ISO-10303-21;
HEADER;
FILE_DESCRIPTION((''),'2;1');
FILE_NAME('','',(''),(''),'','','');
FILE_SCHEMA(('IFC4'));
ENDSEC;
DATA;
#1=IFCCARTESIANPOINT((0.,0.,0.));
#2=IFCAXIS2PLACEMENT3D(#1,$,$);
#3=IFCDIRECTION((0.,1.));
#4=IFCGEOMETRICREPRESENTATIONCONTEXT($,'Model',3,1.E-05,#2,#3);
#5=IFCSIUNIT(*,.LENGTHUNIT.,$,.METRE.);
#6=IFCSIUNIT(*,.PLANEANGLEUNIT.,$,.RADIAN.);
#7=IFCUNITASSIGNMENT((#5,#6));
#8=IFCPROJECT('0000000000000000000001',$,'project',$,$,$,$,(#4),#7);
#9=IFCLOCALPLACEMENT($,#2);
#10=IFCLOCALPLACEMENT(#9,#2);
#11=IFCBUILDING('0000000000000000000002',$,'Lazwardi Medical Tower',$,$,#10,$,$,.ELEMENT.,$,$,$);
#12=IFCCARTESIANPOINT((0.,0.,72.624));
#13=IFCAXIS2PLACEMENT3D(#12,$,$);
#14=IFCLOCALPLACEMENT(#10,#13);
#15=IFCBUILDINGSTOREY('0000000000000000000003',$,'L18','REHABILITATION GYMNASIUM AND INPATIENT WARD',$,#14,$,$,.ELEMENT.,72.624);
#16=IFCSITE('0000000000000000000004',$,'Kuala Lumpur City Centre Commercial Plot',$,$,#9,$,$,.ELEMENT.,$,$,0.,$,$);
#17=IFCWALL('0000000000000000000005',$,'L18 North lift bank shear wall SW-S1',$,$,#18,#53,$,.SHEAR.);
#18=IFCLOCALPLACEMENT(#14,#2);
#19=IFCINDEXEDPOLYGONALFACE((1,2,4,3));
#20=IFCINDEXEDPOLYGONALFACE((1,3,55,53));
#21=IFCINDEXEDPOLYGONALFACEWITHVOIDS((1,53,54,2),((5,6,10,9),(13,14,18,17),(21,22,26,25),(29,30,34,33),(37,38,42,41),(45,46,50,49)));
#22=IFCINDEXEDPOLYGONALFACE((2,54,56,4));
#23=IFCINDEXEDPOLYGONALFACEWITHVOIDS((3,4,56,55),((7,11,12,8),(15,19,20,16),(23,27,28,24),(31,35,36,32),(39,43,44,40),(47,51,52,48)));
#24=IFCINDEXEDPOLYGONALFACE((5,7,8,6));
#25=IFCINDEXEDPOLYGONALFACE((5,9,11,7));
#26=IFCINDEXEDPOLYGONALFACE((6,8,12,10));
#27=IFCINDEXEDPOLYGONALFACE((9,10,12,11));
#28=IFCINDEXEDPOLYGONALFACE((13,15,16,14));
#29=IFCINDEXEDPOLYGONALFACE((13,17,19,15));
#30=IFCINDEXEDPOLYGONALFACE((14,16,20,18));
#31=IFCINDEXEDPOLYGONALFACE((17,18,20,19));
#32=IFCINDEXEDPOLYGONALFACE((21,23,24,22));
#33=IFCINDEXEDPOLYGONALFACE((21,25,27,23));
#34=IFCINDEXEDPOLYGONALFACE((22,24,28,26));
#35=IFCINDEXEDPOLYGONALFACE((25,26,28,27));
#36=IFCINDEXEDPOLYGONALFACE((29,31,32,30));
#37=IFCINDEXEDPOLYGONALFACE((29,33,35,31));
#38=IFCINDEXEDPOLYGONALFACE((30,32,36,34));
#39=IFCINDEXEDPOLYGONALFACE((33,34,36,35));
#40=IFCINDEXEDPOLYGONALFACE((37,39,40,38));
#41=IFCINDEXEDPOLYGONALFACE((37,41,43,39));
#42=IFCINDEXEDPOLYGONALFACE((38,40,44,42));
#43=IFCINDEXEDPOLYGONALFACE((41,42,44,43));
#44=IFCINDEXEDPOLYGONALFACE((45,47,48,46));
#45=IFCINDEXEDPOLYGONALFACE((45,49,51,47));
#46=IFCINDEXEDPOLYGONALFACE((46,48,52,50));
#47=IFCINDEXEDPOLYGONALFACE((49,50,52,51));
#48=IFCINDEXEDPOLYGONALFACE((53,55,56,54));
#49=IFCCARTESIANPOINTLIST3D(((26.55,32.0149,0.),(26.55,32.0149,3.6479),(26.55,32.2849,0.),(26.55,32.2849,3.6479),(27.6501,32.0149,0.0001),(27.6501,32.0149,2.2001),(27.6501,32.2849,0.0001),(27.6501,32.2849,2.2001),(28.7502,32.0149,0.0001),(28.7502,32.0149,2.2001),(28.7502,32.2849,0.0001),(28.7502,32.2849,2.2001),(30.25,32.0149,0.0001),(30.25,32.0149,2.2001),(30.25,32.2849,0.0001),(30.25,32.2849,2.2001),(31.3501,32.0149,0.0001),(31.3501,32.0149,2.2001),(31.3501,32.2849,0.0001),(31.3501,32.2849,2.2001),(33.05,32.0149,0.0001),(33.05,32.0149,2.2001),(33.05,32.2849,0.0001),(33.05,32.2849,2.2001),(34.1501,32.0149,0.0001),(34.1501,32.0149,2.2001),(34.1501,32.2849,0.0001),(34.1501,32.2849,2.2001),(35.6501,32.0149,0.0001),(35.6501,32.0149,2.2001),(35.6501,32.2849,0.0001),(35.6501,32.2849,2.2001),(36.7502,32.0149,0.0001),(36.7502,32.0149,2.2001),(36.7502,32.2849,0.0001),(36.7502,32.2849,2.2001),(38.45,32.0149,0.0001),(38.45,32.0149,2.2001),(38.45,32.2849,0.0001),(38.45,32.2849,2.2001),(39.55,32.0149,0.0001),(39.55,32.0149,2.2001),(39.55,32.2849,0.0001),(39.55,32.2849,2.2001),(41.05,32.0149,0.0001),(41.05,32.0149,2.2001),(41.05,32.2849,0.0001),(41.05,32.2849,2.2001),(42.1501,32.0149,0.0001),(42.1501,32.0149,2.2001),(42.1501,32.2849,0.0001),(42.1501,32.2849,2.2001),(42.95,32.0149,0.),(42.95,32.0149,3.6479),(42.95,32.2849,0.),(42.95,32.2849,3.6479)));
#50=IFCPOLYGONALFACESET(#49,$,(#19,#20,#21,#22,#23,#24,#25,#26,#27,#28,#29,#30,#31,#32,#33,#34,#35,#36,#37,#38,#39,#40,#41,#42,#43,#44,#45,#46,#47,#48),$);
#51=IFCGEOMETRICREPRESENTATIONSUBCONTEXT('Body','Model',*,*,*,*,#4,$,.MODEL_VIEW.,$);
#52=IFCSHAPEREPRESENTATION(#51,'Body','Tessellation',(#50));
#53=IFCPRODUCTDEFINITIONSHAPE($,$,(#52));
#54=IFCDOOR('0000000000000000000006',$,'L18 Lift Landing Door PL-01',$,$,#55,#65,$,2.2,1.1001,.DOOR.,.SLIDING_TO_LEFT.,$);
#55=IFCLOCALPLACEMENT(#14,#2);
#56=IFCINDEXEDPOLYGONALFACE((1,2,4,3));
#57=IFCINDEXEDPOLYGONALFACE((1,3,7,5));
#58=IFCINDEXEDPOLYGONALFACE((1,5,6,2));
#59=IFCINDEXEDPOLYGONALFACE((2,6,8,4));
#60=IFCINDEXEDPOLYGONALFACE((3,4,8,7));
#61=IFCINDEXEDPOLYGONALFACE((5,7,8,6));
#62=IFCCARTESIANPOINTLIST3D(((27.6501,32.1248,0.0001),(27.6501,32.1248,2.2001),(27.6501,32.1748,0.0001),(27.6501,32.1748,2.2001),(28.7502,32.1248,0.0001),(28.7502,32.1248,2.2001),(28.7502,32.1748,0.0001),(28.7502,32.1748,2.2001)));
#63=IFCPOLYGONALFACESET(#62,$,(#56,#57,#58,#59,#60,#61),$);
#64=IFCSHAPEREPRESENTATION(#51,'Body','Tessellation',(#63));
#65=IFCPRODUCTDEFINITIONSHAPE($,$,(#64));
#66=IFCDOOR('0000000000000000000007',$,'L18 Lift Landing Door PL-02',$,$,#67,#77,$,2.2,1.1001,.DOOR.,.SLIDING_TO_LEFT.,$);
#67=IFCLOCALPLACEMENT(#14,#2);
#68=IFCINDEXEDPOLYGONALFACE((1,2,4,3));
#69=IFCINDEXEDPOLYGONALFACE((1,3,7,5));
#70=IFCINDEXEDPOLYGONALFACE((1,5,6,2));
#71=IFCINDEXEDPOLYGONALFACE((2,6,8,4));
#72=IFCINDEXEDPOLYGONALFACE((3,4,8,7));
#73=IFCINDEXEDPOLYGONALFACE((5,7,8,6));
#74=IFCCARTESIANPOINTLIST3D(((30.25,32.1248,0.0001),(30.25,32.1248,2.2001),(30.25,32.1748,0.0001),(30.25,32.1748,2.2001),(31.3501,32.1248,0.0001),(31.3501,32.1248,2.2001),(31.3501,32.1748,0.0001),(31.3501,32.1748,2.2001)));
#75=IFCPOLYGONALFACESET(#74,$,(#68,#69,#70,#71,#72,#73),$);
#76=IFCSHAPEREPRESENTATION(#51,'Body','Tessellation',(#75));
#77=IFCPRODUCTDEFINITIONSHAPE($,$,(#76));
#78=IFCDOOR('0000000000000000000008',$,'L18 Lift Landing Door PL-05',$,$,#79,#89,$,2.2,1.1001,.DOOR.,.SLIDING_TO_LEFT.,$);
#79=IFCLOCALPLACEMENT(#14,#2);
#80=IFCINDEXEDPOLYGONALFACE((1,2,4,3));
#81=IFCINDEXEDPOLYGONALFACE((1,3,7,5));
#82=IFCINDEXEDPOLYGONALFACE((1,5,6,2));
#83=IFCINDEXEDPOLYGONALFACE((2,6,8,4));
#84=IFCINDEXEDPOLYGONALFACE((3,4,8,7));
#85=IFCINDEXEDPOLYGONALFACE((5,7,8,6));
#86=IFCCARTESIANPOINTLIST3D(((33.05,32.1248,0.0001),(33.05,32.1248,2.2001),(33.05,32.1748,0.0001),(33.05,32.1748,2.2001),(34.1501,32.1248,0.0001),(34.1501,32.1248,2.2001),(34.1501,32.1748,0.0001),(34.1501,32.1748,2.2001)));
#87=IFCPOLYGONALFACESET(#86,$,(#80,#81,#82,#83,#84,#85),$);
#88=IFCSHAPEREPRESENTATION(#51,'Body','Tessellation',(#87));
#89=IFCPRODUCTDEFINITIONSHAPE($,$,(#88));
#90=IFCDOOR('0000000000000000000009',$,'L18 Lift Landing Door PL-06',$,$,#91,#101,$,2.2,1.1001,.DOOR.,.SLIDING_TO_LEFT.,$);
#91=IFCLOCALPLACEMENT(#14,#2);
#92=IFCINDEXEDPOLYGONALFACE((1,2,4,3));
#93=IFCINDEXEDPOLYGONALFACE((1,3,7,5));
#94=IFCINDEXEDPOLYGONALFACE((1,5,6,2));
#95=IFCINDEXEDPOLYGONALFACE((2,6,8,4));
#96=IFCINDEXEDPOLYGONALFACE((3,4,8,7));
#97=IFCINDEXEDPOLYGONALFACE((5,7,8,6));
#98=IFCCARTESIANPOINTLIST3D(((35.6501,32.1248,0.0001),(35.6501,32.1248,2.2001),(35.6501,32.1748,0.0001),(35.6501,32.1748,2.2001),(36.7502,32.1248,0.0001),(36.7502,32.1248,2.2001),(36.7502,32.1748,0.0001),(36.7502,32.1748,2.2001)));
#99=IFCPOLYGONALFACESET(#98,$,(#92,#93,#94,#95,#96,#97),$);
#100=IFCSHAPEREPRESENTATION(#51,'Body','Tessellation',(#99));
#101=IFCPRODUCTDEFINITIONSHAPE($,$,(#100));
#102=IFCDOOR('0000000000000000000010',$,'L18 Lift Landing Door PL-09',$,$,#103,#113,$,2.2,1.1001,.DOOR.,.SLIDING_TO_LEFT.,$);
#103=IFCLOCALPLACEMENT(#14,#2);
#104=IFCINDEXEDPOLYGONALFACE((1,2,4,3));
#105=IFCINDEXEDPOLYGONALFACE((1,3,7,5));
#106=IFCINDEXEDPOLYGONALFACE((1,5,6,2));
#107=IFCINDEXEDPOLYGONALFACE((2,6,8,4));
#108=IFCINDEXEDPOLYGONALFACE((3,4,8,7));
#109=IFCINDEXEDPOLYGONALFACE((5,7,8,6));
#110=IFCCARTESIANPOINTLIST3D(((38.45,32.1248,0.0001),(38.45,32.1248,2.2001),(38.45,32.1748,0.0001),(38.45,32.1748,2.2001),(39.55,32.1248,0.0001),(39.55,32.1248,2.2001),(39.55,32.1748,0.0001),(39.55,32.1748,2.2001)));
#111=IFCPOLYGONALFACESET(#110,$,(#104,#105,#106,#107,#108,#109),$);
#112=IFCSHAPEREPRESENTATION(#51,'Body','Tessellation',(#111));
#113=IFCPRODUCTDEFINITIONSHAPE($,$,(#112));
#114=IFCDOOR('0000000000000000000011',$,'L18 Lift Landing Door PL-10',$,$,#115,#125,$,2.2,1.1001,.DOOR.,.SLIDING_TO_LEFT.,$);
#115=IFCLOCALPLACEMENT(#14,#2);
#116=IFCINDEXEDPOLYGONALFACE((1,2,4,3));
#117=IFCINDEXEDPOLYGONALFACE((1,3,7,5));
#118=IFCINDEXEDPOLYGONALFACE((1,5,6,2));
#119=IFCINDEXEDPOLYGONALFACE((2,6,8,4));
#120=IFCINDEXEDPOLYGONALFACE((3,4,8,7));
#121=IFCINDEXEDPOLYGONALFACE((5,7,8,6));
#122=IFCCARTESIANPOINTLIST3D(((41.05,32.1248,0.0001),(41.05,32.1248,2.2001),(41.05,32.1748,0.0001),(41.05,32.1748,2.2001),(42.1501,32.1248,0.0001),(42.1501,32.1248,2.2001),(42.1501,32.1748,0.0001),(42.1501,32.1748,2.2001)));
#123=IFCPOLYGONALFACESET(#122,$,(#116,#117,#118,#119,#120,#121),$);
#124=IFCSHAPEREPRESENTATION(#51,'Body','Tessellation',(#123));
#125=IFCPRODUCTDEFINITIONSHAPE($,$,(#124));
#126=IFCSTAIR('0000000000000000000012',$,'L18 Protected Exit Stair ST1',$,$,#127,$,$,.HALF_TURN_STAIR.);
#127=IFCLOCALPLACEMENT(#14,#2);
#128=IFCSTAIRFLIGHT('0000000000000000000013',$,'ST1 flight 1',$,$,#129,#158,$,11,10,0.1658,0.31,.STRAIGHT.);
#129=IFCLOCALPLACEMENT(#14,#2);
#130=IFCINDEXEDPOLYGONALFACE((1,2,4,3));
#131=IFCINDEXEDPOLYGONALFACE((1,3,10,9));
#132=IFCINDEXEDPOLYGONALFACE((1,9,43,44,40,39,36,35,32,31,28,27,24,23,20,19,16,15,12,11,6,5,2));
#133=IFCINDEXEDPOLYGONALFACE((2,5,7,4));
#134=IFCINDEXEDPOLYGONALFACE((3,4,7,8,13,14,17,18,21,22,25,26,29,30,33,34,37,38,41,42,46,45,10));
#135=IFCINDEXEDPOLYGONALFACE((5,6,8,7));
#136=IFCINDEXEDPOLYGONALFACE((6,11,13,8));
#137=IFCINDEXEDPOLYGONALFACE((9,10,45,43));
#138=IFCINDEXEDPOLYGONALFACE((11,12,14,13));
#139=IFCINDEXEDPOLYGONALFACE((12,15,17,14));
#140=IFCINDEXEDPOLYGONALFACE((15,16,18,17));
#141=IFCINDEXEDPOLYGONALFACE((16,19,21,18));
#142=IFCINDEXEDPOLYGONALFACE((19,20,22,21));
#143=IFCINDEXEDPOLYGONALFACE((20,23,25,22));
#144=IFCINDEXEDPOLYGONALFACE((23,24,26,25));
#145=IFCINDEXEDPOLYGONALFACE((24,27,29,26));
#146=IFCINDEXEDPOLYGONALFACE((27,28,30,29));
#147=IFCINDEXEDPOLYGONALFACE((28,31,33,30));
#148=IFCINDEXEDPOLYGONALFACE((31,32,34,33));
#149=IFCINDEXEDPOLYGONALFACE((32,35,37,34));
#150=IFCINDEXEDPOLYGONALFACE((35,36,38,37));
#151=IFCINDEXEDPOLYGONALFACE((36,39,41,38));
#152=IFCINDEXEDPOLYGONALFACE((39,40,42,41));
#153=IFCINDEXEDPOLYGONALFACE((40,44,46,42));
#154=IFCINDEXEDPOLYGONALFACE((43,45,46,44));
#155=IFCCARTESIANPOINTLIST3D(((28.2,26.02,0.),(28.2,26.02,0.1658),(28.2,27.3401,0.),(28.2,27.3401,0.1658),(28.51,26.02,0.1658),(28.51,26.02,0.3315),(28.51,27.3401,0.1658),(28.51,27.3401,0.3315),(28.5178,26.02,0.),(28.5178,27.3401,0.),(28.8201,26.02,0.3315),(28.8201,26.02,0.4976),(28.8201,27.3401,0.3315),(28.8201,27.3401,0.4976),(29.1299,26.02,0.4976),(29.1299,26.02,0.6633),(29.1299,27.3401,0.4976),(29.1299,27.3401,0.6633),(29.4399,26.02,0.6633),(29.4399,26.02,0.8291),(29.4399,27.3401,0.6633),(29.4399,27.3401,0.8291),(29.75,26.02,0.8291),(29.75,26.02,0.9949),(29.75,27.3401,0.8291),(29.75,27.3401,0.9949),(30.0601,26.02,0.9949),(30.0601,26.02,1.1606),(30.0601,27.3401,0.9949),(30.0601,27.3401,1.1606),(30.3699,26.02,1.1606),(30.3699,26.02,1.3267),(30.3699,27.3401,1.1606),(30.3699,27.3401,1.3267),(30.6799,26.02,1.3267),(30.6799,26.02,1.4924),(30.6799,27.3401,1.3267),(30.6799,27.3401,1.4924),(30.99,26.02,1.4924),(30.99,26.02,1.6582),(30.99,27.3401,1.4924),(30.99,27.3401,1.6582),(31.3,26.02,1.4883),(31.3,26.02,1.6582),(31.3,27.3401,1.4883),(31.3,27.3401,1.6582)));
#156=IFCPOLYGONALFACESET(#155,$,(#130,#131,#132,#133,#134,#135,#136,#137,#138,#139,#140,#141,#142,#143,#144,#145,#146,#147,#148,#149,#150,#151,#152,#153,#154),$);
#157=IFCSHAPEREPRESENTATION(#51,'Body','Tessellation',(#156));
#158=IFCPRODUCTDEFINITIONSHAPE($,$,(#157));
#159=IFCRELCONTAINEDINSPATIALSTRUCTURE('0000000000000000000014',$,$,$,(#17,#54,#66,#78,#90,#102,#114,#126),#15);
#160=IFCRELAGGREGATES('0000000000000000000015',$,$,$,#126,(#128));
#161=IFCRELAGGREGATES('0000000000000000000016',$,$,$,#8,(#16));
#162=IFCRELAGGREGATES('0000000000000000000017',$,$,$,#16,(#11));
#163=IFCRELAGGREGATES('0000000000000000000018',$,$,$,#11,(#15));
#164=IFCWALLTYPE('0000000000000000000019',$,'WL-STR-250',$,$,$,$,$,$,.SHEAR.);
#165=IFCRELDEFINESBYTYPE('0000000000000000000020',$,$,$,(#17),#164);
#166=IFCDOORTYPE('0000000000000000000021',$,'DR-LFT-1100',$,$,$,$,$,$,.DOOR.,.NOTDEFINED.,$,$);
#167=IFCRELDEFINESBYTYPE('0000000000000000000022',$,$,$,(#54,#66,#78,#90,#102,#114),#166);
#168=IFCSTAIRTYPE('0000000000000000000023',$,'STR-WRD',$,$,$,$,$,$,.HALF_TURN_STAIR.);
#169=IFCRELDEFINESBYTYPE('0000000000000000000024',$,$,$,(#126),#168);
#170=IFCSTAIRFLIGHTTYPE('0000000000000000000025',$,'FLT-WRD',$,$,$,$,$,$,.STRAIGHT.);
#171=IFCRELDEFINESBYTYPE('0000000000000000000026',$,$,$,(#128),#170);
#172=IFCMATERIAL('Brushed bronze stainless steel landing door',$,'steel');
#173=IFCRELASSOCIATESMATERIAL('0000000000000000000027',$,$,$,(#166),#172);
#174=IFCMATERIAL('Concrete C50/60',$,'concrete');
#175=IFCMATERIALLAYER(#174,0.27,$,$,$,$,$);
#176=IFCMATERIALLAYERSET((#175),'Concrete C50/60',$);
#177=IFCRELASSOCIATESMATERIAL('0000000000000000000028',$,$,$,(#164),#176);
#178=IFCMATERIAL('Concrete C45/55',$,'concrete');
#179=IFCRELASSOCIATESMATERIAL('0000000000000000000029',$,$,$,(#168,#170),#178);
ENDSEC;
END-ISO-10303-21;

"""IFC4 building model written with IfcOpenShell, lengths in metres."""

from ifc_helpers import new_model, si_unit, direction, frame, frame_2d, origin, place, context, subcontext, project, spatial, polyline, rectangle, outline, extrude, material, layer, layer_set, type_object, element, fill, aggregate, save


model = new_model("IFC4")

# Units and contexts
model_context = context("Model", 3, precision=1e-05, world=origin(), true_north=direction((0.0, 1.0)))
body_context = subcontext(model_context, "Body", "Model", "MODEL_VIEW")
ifc_project = project(units=[si_unit("LENGTHUNIT", "METRE"), si_unit("PLANEANGLEUNIT", "RADIAN")], contexts=[model_context])

# Site, building, storey
site_placement = place(None, origin())
site = spatial("IfcSite", under=ifc_project, at=site_placement, Name="Kuala Lumpur City Centre Commercial Plot", CompositionType="ELEMENT", RefElevation=0.0)
building_placement = place(site_placement, origin())
building = spatial("IfcBuilding", under=site, at=building_placement, Name="Lazwardi Medical Tower", CompositionType="ELEMENT")
storey_placement = place(building_placement, frame((0.0, 0.0, 72.624)))
storey = spatial("IfcBuildingStorey", under=building, at=storey_placement, Name="L18", Description="REHABILITATION GYMNASIUM AND INPATIENT WARD", CompositionType="ELEMENT", Elevation=72.624)

# Shared definitions
ifc_material_1 = material(Name="Brushed bronze stainless steel landing door", Category="steel")
door_type_1 = type_object("IfcDoorType", Name="DR-LFT-1100", OperationType="NOTDEFINED", PredefinedType="DOOR", material=ifc_material_1)

# Shared definitions
ifc_material_2 = material(Name="Concrete C50/60", Category="concrete")
ifc_layer_1 = layer(ifc_material_2, 0.27)
ifc_layer_set_1 = layer_set([ifc_layer_1], Name="Concrete C50/60")
wall_type_1 = type_object("IfcWallType", Name="WL-STR-250", PredefinedType="SHEAR", material=ifc_layer_set_1)

# Wall, openings, doors
wall_1_placement = place(storey_placement, frame((26.55, 32.1499, 0.0), z_axis=(0.0, 0.0, 1.0), x_axis=(1.0, 0.0, 0.0)))
wall_1 = element("IfcWall", 1, at=wall_1_placement, inside=storey, type_object=wall_type_1, Name="L18 North lift bank shear wall SW-S1", PredefinedType="SHEAR", context=body_context, shape_type="SweptSolid", body=[
    extrude(rectangle(XDim=16.3999, YDim=0.27, at=frame_2d((8.2, 0.0))), origin(), (0.0, 0.0, 1.0), 3.6479),
])
opening_1_placement = place(wall_1_placement, frame((1.1001, 0.0, 0.0)))
opening_1 = element("IfcOpeningElement", 2, at=opening_1_placement, cuts=wall_1, PredefinedType="OPENING", context=body_context, shape_type="SweptSolid", body=[
    extrude(rectangle(XDim=1.1001, YDim=2.2, at=frame_2d((0.55, 1.1001))), frame((0.0, 0.145, 0.0), z_axis=(0.0, -1.0, 0.0), x_axis=(1.0, 0.0, 0.0)), (0.0, 0.0, 1.0), 0.29),
])
opening_2_placement = place(wall_1_placement, frame((3.7, 0.0, 0.0)))
opening_2 = element("IfcOpeningElement", 3, at=opening_2_placement, cuts=wall_1, PredefinedType="OPENING", context=body_context, shape_type="SweptSolid", body=[
    extrude(rectangle(XDim=1.1001, YDim=2.2, at=frame_2d((0.55, 1.1001))), frame((0.0, 0.145, 0.0), z_axis=(0.0, -1.0, 0.0), x_axis=(1.0, 0.0, 0.0)), (0.0, 0.0, 1.0), 0.29),
])
opening_3_placement = place(wall_1_placement, frame((6.5, 0.0, 0.0)))
opening_3 = element("IfcOpeningElement", 4, at=opening_3_placement, cuts=wall_1, PredefinedType="OPENING", context=body_context, shape_type="SweptSolid", body=[
    extrude(rectangle(XDim=1.1001, YDim=2.2, at=frame_2d((0.55, 1.1001))), frame((0.0, 0.145, 0.0), z_axis=(0.0, -1.0, 0.0), x_axis=(1.0, 0.0, 0.0)), (0.0, 0.0, 1.0), 0.29),
])
opening_4_placement = place(wall_1_placement, frame((9.1001, 0.0, 0.0)))
opening_4 = element("IfcOpeningElement", 5, at=opening_4_placement, cuts=wall_1, PredefinedType="OPENING", context=body_context, shape_type="SweptSolid", body=[
    extrude(rectangle(XDim=1.1001, YDim=2.2, at=frame_2d((0.55, 1.1001))), frame((0.0, 0.145, 0.0), z_axis=(0.0, -1.0, 0.0), x_axis=(1.0, 0.0, 0.0)), (0.0, 0.0, 1.0), 0.29),
])
opening_5_placement = place(wall_1_placement, frame((11.8999, 0.0, 0.0)))
opening_5 = element("IfcOpeningElement", 6, at=opening_5_placement, cuts=wall_1, PredefinedType="OPENING", context=body_context, shape_type="SweptSolid", body=[
    extrude(rectangle(XDim=1.1001, YDim=2.2, at=frame_2d((0.55, 1.1001))), frame((0.0, 0.145, 0.0), z_axis=(0.0, -1.0, 0.0), x_axis=(1.0, 0.0, 0.0)), (0.0, 0.0, 1.0), 0.29),
])
opening_6_placement = place(wall_1_placement, frame((14.5, 0.0, 0.0)))
opening_6 = element("IfcOpeningElement", 7, at=opening_6_placement, cuts=wall_1, PredefinedType="OPENING", context=body_context, shape_type="SweptSolid", body=[
    extrude(rectangle(XDim=1.1001, YDim=2.2, at=frame_2d((0.55, 1.1001))), frame((0.0, 0.145, 0.0), z_axis=(0.0, -1.0, 0.0), x_axis=(1.0, 0.0, 0.0)), (0.0, 0.0, 1.0), 0.29),
])
door_1_placement = place(opening_1_placement, origin())
door_1 = element("IfcDoor", 8, at=door_1_placement, inside=storey, type_object=door_type_1, Name="L18 Lift Landing Door PL-01", OperationType="SLIDING_TO_LEFT", OverallHeight=2.2, OverallWidth=1.1001, PredefinedType="DOOR", context=body_context, shape_type="SweptSolid", body=[
    extrude(rectangle(XDim=1.1001, YDim=2.2, at=frame_2d((0.55, 1.1001))), frame((0.0, 0.0249, 0.0), z_axis=(0.0, -1.0, 0.0), x_axis=(1.0, 0.0, 0.0)), (0.0, 0.0, 1.0), 0.05),
])
fill(opening_1, door_1)
door_2_placement = place(opening_2_placement, origin())
door_2 = element("IfcDoor", 9, at=door_2_placement, inside=storey, type_object=door_type_1, Name="L18 Lift Landing Door PL-02", OperationType="SLIDING_TO_LEFT", OverallHeight=2.2, OverallWidth=1.1001, PredefinedType="DOOR", context=body_context, shape_type="SweptSolid", body=[
    extrude(rectangle(XDim=1.1001, YDim=2.2, at=frame_2d((0.55, 1.1001))), frame((0.0, 0.0249, 0.0), z_axis=(0.0, -1.0, 0.0), x_axis=(1.0, 0.0, 0.0)), (0.0, 0.0, 1.0), 0.05),
])
fill(opening_2, door_2)
door_3_placement = place(opening_3_placement, origin())
door_3 = element("IfcDoor", 10, at=door_3_placement, inside=storey, type_object=door_type_1, Name="L18 Lift Landing Door PL-05", OperationType="SLIDING_TO_LEFT", OverallHeight=2.2, OverallWidth=1.1001, PredefinedType="DOOR", context=body_context, shape_type="SweptSolid", body=[
    extrude(rectangle(XDim=1.1001, YDim=2.2, at=frame_2d((0.55, 1.1001))), frame((0.0, 0.0249, 0.0), z_axis=(0.0, -1.0, 0.0), x_axis=(1.0, 0.0, 0.0)), (0.0, 0.0, 1.0), 0.05),
])
fill(opening_3, door_3)
door_4_placement = place(opening_4_placement, origin())
door_4 = element("IfcDoor", 11, at=door_4_placement, inside=storey, type_object=door_type_1, Name="L18 Lift Landing Door PL-06", OperationType="SLIDING_TO_LEFT", OverallHeight=2.2, OverallWidth=1.1001, PredefinedType="DOOR", context=body_context, shape_type="SweptSolid", body=[
    extrude(rectangle(XDim=1.1001, YDim=2.2, at=frame_2d((0.55, 1.1001))), frame((0.0, 0.0249, 0.0), z_axis=(0.0, -1.0, 0.0), x_axis=(1.0, 0.0, 0.0)), (0.0, 0.0, 1.0), 0.05),
])
fill(opening_4, door_4)
door_5_placement = place(opening_5_placement, origin())
door_5 = element("IfcDoor", 12, at=door_5_placement, inside=storey, type_object=door_type_1, Name="L18 Lift Landing Door PL-09", OperationType="SLIDING_TO_LEFT", OverallHeight=2.2, OverallWidth=1.1001, PredefinedType="DOOR", context=body_context, shape_type="SweptSolid", body=[
    extrude(rectangle(XDim=1.1001, YDim=2.2, at=frame_2d((0.55, 1.1001))), frame((0.0, 0.0249, 0.0), z_axis=(0.0, -1.0, 0.0), x_axis=(1.0, 0.0, 0.0)), (0.0, 0.0, 1.0), 0.05),
])
fill(opening_5, door_5)
door_6_placement = place(opening_6_placement, origin())
door_6 = element("IfcDoor", 13, at=door_6_placement, inside=storey, type_object=door_type_1, Name="L18 Lift Landing Door PL-10", OperationType="SLIDING_TO_LEFT", OverallHeight=2.2, OverallWidth=1.1001, PredefinedType="DOOR", context=body_context, shape_type="SweptSolid", body=[
    extrude(rectangle(XDim=1.1001, YDim=2.2, at=frame_2d((0.55, 1.1001))), frame((0.0, 0.0249, 0.0), z_axis=(0.0, -1.0, 0.0), x_axis=(1.0, 0.0, 0.0)), (0.0, 0.0, 1.0), 0.05),
])
fill(opening_6, door_6)

# Stair, stair flight
ifc_material_3 = material(Name="Concrete C45/55", Category="concrete")
stair_type = type_object("IfcStairType", Name="STR-WRD", PredefinedType="HALF_TURN_STAIR", material=ifc_material_3)
stair_placement = place(storey_placement, origin())
stair = element("IfcStair", 14, at=stair_placement, inside=storey, type_object=stair_type, Name="L18 Protected Exit Stair ST1", PredefinedType="HALF_TURN_STAIR")
stair_flight_type = type_object("IfcStairFlightType", Name="FLT-WRD", PredefinedType="STRAIGHT", material=ifc_material_3)
stair_flight_placement = place(storey_placement, frame((28.2, 26.6799, 0.0), z_axis=(0.0, 0.0, 1.0), x_axis=(1.0, 0.0, 0.0)))
stair_flight = element("IfcStairFlight", 15, at=stair_flight_placement, type_object=stair_flight_type, Name="ST1 flight 1", NumberOfRisers=11, NumberOfTreads=10, PredefinedType="STRAIGHT", RiserHeight=0.1658, TreadLength=0.31, context=body_context, shape_type="SweptSolid", body=[
    extrude(outline(polyline([(0.0, 0.0), (0.0, 0.1658), (0.3101, 0.1658), (0.3101, 0.3315), (0.6201, 0.3315), (0.6201, 0.4976), (0.9299, 0.4976), (0.9299, 0.6633), (1.24, 0.6633), (1.24, 0.8291), (1.55, 0.8291), (1.55, 0.9949), (1.8601, 0.9949), (1.8601, 1.1606), (2.1699, 1.1606), (2.1699, 1.3267), (2.48, 1.3267), (2.48, 1.4924), (2.79, 1.4924), (2.79, 1.6582), (3.1001, 1.6582), (3.1001, 1.824), (3.1001, 1.4883), (0.3179, 0.0), (0.0, 0.0)])), frame((0.0, 0.6602, 0.0), z_axis=(0.0, -1.0, 0.0), x_axis=(1.0, 0.0, 0.0)), (0.0, 0.0, 1.0), 1.3201),
])
aggregate(stair, [stair_flight])

save(model, "model.ifc")
